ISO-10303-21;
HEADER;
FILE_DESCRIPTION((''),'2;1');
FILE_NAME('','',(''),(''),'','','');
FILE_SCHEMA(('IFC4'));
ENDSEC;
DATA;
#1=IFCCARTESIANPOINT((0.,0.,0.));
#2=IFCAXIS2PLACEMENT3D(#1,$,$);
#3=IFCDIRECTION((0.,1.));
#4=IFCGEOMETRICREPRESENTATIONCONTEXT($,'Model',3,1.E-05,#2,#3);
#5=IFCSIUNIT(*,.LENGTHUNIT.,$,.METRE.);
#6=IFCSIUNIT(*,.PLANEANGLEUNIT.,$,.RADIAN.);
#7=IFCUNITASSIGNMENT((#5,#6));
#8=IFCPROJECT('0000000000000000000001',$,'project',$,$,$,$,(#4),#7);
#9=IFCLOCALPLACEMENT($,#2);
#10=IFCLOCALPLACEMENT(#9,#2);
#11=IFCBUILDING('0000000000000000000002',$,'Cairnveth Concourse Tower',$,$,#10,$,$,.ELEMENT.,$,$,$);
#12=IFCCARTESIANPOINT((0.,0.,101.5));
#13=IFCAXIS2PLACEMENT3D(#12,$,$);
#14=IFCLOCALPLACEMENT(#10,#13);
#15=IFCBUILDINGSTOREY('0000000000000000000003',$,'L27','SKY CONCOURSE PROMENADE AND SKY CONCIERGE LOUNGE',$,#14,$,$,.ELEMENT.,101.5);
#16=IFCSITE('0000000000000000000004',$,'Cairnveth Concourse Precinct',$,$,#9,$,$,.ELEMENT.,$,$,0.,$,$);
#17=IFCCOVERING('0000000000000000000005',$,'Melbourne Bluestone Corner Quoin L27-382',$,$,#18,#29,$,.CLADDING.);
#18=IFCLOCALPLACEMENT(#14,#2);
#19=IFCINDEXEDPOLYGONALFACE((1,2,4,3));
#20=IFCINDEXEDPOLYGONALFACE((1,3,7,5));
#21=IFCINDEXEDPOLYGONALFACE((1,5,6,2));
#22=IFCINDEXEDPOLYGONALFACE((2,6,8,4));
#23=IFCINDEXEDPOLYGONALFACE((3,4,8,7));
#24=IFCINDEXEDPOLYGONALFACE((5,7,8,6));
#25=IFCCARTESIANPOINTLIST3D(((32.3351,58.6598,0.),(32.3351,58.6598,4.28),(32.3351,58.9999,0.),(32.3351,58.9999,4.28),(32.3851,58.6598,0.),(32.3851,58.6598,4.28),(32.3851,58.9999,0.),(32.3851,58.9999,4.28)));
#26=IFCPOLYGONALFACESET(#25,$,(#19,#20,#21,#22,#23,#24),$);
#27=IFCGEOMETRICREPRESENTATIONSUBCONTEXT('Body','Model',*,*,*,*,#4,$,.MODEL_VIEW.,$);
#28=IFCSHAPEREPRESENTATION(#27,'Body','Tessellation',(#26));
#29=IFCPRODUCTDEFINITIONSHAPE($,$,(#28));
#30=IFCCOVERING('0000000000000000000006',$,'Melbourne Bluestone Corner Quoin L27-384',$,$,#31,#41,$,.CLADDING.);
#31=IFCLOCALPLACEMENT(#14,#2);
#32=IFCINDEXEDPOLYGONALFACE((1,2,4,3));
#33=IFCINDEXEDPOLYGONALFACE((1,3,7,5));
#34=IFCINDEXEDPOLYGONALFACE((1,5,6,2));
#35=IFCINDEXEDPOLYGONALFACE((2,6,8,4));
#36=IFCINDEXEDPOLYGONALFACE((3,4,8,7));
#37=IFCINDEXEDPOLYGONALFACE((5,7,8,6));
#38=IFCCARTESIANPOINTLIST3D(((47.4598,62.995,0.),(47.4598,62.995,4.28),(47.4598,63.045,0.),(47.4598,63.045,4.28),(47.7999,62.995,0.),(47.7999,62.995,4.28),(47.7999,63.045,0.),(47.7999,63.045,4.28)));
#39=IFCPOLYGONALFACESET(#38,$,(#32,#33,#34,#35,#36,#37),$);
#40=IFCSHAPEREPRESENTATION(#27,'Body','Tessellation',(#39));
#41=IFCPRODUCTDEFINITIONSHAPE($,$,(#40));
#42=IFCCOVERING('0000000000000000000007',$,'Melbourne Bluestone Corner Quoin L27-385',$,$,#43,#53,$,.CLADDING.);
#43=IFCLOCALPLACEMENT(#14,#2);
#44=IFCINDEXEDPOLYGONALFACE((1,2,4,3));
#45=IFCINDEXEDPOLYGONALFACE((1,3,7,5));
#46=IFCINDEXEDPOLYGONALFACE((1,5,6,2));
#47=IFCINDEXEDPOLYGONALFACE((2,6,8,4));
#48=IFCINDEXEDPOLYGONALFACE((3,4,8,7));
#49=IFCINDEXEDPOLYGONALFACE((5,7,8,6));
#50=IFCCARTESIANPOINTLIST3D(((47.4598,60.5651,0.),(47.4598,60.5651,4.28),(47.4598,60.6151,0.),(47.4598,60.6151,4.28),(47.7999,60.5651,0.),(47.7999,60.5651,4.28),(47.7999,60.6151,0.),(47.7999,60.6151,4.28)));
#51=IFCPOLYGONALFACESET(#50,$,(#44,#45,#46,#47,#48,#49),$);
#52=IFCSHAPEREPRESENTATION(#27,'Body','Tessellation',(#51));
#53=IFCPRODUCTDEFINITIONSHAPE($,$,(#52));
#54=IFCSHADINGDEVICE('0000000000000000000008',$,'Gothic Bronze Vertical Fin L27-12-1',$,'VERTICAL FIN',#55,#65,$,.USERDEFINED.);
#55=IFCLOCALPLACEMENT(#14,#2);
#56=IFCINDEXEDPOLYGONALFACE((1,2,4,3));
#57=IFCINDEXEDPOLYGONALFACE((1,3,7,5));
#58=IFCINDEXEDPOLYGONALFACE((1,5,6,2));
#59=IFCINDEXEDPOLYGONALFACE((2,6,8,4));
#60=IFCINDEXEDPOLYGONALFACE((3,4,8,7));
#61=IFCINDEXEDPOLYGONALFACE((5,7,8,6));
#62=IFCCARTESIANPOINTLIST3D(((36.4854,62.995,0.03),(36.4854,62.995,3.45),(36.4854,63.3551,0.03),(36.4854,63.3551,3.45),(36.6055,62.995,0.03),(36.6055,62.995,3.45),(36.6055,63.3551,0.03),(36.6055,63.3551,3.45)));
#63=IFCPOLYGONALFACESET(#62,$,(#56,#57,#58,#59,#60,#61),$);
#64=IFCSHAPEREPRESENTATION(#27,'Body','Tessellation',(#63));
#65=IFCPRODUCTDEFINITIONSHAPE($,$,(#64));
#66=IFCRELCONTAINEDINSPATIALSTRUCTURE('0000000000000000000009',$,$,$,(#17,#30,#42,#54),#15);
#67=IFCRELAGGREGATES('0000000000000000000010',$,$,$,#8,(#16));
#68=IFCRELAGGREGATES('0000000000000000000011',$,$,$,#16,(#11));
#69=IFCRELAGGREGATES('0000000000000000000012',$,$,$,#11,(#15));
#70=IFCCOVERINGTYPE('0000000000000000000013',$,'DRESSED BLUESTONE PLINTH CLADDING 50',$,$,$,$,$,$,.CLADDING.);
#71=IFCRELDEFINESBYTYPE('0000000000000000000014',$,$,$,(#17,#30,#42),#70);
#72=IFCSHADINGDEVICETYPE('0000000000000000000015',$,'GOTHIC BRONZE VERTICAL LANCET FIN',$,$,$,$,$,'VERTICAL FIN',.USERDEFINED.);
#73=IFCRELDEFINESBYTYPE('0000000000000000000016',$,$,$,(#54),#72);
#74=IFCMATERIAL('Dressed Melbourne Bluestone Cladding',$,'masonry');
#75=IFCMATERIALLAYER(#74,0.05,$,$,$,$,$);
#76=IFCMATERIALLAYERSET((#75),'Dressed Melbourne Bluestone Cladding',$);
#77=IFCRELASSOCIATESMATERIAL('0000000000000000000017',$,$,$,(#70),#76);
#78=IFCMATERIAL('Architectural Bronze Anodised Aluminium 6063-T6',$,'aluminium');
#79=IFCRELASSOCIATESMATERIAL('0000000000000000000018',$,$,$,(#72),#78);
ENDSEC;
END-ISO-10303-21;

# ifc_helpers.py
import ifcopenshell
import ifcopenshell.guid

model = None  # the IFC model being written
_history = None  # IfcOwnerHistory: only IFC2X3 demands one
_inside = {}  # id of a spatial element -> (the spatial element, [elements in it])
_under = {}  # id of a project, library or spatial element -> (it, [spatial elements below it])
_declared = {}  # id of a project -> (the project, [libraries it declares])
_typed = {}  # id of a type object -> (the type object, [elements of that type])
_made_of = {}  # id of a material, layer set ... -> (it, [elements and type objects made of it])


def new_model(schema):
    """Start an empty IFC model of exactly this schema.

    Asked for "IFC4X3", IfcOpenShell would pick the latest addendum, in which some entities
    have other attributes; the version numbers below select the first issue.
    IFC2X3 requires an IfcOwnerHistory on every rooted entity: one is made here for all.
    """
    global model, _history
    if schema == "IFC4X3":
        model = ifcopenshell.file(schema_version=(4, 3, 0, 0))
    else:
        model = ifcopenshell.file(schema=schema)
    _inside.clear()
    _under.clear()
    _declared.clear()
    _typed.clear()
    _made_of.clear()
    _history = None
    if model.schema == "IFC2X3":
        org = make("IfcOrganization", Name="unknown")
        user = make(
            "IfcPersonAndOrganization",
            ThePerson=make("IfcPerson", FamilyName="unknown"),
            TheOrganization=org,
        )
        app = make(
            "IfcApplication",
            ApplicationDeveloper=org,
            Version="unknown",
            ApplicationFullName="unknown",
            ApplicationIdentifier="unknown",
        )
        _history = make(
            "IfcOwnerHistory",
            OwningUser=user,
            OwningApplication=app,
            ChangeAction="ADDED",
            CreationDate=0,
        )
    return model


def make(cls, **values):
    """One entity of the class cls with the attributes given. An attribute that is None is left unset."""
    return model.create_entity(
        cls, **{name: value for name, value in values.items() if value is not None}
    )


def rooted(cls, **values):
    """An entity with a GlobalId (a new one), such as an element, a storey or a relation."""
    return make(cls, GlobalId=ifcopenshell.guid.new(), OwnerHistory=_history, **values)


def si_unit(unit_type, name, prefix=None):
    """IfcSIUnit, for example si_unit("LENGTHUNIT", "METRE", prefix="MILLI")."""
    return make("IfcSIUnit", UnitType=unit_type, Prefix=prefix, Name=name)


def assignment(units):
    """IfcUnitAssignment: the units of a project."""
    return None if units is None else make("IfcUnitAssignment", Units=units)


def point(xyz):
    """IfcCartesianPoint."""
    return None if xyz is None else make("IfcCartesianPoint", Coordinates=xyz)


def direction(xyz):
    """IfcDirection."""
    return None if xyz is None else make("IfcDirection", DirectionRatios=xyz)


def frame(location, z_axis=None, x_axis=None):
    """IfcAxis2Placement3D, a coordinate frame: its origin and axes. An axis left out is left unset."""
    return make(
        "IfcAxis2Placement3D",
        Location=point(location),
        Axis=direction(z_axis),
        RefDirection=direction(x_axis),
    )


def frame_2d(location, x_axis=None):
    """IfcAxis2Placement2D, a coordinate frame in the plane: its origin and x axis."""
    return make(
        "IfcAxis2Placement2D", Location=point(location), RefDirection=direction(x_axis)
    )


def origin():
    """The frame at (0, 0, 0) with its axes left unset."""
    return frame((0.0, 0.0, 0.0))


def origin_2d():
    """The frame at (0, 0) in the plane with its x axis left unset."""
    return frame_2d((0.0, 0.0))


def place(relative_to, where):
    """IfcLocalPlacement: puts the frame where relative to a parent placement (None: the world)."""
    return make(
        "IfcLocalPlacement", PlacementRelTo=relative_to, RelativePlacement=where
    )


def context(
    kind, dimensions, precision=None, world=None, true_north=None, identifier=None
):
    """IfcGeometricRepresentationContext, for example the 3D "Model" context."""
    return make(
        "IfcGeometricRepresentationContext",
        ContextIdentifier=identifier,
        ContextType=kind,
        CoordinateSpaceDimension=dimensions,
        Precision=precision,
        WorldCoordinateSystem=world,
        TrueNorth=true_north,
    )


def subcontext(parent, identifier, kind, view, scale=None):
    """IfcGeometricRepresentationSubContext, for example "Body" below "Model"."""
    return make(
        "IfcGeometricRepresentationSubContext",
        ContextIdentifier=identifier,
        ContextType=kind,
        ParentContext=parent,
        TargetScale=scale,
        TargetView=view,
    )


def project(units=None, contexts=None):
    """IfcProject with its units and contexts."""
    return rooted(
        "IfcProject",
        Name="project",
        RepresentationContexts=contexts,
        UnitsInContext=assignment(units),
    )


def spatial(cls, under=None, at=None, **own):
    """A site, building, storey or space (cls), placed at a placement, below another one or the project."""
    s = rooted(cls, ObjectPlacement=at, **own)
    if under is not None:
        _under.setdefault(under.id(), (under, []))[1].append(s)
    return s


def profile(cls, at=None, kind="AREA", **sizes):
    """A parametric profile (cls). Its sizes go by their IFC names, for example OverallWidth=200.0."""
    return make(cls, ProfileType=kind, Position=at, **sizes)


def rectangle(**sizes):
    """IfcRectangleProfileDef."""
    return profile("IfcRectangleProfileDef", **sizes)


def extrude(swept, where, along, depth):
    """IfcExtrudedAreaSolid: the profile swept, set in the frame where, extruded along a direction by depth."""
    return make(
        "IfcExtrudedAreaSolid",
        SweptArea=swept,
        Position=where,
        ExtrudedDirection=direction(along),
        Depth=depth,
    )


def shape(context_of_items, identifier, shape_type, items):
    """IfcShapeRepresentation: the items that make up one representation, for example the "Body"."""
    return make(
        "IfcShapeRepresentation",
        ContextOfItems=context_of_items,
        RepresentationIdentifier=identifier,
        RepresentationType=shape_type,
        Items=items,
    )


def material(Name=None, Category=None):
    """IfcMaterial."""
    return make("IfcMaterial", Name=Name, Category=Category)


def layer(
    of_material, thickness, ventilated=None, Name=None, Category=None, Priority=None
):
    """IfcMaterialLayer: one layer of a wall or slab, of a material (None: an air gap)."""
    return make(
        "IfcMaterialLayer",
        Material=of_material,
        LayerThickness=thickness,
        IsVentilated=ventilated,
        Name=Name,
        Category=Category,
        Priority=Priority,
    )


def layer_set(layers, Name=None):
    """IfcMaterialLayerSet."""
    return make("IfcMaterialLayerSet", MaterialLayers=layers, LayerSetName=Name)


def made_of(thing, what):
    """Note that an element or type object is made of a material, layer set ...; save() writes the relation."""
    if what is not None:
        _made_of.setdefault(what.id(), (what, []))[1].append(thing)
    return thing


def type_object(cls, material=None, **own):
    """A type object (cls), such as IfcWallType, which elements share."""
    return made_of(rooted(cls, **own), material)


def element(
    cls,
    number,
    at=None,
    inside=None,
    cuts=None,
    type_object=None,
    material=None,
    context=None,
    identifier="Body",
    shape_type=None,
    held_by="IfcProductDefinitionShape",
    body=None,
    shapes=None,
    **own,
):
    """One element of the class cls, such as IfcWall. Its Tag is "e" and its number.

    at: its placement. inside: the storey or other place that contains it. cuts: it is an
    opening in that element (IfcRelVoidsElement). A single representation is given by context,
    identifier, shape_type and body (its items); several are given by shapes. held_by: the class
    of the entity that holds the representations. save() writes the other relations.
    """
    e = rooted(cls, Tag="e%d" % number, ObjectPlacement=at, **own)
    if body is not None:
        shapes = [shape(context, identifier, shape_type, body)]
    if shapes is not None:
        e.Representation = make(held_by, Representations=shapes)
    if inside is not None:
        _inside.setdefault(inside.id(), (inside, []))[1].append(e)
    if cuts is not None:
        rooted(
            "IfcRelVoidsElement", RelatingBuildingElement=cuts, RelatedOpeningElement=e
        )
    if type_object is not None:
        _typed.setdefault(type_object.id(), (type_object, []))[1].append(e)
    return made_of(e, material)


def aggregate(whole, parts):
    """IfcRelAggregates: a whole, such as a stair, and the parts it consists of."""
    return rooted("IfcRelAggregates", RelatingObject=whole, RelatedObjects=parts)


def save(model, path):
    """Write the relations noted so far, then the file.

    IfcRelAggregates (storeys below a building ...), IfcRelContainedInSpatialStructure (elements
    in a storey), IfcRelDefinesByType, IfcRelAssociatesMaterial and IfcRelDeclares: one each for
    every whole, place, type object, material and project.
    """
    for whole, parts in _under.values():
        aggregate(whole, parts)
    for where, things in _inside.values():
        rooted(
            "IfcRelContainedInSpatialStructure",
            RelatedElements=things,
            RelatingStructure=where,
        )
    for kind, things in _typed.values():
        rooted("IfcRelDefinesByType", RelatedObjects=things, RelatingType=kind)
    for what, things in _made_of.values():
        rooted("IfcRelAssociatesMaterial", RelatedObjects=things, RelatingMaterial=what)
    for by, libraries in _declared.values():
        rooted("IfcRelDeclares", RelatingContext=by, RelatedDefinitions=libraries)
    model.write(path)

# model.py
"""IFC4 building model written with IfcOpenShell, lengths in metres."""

from ifc_helpers import new_model, si_unit, direction, frame, frame_2d, origin, origin_2d, place, context, subcontext, project, spatial, rectangle, extrude, material, layer, layer_set, type_object, element, save


model = new_model("IFC4")

# Units and contexts
model_context = context("Model", 3, precision=1e-05, world=origin(), true_north=direction((0.0, 1.0)))
body_context = subcontext(model_context, "Body", "Model", "MODEL_VIEW")
ifc_project = project(units=[si_unit("LENGTHUNIT", "METRE"), si_unit("PLANEANGLEUNIT", "RADIAN")], contexts=[model_context])

# Site, building, storey
site_placement = place(None, origin())
site = spatial("IfcSite", under=ifc_project, at=site_placement, Name="Cairnveth Concourse Precinct", CompositionType="ELEMENT", RefElevation=0.0)
building_placement = place(site_placement, origin())
building = spatial("IfcBuilding", under=site, at=building_placement, Name="Cairnveth Concourse Tower", CompositionType="ELEMENT")
storey_placement = place(building_placement, frame((0.0, 0.0, 101.5)))
storey = spatial("IfcBuildingStorey", under=building, at=storey_placement, Name="L27", Description="SKY CONCOURSE PROMENADE AND SKY CONCIERGE LOUNGE", CompositionType="ELEMENT", Elevation=101.5)

# Shared definitions
ifc_material_1 = material(Name="Dressed Melbourne Bluestone Cladding", Category="masonry")

# Shared definitions
ifc_material_2 = material(Name="Architectural Bronze Anodised Aluminium 6063-T6", Category="aluminium")

# Coverings
ifc_layer_1 = layer(ifc_material_1, 0.05)
ifc_layer_set_1 = layer_set([ifc_layer_1], Name="Dressed Melbourne Bluestone Cladding")
covering_type = type_object("IfcCoveringType", Name="DRESSED BLUESTONE PLINTH CLADDING 50", PredefinedType="CLADDING", material=ifc_layer_set_1)
for number, where, z_axis, x_axis, name in (
    (1, (32.3601, 58.6599, 0.0), (0.0, 0.0, 1.0), (0.0, 1.0, 0.0), "Melbourne Bluestone Corner Quoin L27-382"),
    (2, (47.46, 63.02, 0.0), (0.0, 0.0, 1.0), (1.0, 0.0, 0.0), "Melbourne Bluestone Corner Quoin L27-384"),
    (3, (47.46, 60.5901, 0.0), (0.0, 0.0, 1.0), (1.0, 0.0, 0.0), "Melbourne Bluestone Corner Quoin L27-385"),
):
    element("IfcCovering", number, at=place(storey_placement, frame(where, z_axis=z_axis, x_axis=x_axis)), inside=storey, type_object=covering_type, Name=name, PredefinedType="CLADDING", context=body_context, shape_type="SweptSolid", body=[
        extrude(rectangle(XDim=0.3401, YDim=0.05, at=frame_2d((0.1699, 0.0))), origin(), (0.0, 0.0, 1.0), 4.28),
    ])

# Shading device
shading_device_type = type_object("IfcShadingDeviceType", Name="GOTHIC BRONZE VERTICAL LANCET FIN", ElementType="VERTICAL FIN", PredefinedType="USERDEFINED", material=ifc_material_2)
shading_device_placement = place(storey_placement, frame((36.5454, 63.175, 0.03), z_axis=(0.0, 0.0, 1.0), x_axis=(1.0, 0.0, 0.0)))
element("IfcShadingDevice", 4, at=shading_device_placement, inside=storey, type_object=shading_device_type, Name="Gothic Bronze Vertical Fin L27-12-1", ObjectType="VERTICAL FIN", PredefinedType="USERDEFINED", context=body_context, shape_type="SweptSolid", body=[
    extrude(rectangle(XDim=0.1201, YDim=0.3601, at=origin_2d()), origin(), (0.0, 0.0, 1.0), 3.4199),
])

save(model, "model.ifc")
